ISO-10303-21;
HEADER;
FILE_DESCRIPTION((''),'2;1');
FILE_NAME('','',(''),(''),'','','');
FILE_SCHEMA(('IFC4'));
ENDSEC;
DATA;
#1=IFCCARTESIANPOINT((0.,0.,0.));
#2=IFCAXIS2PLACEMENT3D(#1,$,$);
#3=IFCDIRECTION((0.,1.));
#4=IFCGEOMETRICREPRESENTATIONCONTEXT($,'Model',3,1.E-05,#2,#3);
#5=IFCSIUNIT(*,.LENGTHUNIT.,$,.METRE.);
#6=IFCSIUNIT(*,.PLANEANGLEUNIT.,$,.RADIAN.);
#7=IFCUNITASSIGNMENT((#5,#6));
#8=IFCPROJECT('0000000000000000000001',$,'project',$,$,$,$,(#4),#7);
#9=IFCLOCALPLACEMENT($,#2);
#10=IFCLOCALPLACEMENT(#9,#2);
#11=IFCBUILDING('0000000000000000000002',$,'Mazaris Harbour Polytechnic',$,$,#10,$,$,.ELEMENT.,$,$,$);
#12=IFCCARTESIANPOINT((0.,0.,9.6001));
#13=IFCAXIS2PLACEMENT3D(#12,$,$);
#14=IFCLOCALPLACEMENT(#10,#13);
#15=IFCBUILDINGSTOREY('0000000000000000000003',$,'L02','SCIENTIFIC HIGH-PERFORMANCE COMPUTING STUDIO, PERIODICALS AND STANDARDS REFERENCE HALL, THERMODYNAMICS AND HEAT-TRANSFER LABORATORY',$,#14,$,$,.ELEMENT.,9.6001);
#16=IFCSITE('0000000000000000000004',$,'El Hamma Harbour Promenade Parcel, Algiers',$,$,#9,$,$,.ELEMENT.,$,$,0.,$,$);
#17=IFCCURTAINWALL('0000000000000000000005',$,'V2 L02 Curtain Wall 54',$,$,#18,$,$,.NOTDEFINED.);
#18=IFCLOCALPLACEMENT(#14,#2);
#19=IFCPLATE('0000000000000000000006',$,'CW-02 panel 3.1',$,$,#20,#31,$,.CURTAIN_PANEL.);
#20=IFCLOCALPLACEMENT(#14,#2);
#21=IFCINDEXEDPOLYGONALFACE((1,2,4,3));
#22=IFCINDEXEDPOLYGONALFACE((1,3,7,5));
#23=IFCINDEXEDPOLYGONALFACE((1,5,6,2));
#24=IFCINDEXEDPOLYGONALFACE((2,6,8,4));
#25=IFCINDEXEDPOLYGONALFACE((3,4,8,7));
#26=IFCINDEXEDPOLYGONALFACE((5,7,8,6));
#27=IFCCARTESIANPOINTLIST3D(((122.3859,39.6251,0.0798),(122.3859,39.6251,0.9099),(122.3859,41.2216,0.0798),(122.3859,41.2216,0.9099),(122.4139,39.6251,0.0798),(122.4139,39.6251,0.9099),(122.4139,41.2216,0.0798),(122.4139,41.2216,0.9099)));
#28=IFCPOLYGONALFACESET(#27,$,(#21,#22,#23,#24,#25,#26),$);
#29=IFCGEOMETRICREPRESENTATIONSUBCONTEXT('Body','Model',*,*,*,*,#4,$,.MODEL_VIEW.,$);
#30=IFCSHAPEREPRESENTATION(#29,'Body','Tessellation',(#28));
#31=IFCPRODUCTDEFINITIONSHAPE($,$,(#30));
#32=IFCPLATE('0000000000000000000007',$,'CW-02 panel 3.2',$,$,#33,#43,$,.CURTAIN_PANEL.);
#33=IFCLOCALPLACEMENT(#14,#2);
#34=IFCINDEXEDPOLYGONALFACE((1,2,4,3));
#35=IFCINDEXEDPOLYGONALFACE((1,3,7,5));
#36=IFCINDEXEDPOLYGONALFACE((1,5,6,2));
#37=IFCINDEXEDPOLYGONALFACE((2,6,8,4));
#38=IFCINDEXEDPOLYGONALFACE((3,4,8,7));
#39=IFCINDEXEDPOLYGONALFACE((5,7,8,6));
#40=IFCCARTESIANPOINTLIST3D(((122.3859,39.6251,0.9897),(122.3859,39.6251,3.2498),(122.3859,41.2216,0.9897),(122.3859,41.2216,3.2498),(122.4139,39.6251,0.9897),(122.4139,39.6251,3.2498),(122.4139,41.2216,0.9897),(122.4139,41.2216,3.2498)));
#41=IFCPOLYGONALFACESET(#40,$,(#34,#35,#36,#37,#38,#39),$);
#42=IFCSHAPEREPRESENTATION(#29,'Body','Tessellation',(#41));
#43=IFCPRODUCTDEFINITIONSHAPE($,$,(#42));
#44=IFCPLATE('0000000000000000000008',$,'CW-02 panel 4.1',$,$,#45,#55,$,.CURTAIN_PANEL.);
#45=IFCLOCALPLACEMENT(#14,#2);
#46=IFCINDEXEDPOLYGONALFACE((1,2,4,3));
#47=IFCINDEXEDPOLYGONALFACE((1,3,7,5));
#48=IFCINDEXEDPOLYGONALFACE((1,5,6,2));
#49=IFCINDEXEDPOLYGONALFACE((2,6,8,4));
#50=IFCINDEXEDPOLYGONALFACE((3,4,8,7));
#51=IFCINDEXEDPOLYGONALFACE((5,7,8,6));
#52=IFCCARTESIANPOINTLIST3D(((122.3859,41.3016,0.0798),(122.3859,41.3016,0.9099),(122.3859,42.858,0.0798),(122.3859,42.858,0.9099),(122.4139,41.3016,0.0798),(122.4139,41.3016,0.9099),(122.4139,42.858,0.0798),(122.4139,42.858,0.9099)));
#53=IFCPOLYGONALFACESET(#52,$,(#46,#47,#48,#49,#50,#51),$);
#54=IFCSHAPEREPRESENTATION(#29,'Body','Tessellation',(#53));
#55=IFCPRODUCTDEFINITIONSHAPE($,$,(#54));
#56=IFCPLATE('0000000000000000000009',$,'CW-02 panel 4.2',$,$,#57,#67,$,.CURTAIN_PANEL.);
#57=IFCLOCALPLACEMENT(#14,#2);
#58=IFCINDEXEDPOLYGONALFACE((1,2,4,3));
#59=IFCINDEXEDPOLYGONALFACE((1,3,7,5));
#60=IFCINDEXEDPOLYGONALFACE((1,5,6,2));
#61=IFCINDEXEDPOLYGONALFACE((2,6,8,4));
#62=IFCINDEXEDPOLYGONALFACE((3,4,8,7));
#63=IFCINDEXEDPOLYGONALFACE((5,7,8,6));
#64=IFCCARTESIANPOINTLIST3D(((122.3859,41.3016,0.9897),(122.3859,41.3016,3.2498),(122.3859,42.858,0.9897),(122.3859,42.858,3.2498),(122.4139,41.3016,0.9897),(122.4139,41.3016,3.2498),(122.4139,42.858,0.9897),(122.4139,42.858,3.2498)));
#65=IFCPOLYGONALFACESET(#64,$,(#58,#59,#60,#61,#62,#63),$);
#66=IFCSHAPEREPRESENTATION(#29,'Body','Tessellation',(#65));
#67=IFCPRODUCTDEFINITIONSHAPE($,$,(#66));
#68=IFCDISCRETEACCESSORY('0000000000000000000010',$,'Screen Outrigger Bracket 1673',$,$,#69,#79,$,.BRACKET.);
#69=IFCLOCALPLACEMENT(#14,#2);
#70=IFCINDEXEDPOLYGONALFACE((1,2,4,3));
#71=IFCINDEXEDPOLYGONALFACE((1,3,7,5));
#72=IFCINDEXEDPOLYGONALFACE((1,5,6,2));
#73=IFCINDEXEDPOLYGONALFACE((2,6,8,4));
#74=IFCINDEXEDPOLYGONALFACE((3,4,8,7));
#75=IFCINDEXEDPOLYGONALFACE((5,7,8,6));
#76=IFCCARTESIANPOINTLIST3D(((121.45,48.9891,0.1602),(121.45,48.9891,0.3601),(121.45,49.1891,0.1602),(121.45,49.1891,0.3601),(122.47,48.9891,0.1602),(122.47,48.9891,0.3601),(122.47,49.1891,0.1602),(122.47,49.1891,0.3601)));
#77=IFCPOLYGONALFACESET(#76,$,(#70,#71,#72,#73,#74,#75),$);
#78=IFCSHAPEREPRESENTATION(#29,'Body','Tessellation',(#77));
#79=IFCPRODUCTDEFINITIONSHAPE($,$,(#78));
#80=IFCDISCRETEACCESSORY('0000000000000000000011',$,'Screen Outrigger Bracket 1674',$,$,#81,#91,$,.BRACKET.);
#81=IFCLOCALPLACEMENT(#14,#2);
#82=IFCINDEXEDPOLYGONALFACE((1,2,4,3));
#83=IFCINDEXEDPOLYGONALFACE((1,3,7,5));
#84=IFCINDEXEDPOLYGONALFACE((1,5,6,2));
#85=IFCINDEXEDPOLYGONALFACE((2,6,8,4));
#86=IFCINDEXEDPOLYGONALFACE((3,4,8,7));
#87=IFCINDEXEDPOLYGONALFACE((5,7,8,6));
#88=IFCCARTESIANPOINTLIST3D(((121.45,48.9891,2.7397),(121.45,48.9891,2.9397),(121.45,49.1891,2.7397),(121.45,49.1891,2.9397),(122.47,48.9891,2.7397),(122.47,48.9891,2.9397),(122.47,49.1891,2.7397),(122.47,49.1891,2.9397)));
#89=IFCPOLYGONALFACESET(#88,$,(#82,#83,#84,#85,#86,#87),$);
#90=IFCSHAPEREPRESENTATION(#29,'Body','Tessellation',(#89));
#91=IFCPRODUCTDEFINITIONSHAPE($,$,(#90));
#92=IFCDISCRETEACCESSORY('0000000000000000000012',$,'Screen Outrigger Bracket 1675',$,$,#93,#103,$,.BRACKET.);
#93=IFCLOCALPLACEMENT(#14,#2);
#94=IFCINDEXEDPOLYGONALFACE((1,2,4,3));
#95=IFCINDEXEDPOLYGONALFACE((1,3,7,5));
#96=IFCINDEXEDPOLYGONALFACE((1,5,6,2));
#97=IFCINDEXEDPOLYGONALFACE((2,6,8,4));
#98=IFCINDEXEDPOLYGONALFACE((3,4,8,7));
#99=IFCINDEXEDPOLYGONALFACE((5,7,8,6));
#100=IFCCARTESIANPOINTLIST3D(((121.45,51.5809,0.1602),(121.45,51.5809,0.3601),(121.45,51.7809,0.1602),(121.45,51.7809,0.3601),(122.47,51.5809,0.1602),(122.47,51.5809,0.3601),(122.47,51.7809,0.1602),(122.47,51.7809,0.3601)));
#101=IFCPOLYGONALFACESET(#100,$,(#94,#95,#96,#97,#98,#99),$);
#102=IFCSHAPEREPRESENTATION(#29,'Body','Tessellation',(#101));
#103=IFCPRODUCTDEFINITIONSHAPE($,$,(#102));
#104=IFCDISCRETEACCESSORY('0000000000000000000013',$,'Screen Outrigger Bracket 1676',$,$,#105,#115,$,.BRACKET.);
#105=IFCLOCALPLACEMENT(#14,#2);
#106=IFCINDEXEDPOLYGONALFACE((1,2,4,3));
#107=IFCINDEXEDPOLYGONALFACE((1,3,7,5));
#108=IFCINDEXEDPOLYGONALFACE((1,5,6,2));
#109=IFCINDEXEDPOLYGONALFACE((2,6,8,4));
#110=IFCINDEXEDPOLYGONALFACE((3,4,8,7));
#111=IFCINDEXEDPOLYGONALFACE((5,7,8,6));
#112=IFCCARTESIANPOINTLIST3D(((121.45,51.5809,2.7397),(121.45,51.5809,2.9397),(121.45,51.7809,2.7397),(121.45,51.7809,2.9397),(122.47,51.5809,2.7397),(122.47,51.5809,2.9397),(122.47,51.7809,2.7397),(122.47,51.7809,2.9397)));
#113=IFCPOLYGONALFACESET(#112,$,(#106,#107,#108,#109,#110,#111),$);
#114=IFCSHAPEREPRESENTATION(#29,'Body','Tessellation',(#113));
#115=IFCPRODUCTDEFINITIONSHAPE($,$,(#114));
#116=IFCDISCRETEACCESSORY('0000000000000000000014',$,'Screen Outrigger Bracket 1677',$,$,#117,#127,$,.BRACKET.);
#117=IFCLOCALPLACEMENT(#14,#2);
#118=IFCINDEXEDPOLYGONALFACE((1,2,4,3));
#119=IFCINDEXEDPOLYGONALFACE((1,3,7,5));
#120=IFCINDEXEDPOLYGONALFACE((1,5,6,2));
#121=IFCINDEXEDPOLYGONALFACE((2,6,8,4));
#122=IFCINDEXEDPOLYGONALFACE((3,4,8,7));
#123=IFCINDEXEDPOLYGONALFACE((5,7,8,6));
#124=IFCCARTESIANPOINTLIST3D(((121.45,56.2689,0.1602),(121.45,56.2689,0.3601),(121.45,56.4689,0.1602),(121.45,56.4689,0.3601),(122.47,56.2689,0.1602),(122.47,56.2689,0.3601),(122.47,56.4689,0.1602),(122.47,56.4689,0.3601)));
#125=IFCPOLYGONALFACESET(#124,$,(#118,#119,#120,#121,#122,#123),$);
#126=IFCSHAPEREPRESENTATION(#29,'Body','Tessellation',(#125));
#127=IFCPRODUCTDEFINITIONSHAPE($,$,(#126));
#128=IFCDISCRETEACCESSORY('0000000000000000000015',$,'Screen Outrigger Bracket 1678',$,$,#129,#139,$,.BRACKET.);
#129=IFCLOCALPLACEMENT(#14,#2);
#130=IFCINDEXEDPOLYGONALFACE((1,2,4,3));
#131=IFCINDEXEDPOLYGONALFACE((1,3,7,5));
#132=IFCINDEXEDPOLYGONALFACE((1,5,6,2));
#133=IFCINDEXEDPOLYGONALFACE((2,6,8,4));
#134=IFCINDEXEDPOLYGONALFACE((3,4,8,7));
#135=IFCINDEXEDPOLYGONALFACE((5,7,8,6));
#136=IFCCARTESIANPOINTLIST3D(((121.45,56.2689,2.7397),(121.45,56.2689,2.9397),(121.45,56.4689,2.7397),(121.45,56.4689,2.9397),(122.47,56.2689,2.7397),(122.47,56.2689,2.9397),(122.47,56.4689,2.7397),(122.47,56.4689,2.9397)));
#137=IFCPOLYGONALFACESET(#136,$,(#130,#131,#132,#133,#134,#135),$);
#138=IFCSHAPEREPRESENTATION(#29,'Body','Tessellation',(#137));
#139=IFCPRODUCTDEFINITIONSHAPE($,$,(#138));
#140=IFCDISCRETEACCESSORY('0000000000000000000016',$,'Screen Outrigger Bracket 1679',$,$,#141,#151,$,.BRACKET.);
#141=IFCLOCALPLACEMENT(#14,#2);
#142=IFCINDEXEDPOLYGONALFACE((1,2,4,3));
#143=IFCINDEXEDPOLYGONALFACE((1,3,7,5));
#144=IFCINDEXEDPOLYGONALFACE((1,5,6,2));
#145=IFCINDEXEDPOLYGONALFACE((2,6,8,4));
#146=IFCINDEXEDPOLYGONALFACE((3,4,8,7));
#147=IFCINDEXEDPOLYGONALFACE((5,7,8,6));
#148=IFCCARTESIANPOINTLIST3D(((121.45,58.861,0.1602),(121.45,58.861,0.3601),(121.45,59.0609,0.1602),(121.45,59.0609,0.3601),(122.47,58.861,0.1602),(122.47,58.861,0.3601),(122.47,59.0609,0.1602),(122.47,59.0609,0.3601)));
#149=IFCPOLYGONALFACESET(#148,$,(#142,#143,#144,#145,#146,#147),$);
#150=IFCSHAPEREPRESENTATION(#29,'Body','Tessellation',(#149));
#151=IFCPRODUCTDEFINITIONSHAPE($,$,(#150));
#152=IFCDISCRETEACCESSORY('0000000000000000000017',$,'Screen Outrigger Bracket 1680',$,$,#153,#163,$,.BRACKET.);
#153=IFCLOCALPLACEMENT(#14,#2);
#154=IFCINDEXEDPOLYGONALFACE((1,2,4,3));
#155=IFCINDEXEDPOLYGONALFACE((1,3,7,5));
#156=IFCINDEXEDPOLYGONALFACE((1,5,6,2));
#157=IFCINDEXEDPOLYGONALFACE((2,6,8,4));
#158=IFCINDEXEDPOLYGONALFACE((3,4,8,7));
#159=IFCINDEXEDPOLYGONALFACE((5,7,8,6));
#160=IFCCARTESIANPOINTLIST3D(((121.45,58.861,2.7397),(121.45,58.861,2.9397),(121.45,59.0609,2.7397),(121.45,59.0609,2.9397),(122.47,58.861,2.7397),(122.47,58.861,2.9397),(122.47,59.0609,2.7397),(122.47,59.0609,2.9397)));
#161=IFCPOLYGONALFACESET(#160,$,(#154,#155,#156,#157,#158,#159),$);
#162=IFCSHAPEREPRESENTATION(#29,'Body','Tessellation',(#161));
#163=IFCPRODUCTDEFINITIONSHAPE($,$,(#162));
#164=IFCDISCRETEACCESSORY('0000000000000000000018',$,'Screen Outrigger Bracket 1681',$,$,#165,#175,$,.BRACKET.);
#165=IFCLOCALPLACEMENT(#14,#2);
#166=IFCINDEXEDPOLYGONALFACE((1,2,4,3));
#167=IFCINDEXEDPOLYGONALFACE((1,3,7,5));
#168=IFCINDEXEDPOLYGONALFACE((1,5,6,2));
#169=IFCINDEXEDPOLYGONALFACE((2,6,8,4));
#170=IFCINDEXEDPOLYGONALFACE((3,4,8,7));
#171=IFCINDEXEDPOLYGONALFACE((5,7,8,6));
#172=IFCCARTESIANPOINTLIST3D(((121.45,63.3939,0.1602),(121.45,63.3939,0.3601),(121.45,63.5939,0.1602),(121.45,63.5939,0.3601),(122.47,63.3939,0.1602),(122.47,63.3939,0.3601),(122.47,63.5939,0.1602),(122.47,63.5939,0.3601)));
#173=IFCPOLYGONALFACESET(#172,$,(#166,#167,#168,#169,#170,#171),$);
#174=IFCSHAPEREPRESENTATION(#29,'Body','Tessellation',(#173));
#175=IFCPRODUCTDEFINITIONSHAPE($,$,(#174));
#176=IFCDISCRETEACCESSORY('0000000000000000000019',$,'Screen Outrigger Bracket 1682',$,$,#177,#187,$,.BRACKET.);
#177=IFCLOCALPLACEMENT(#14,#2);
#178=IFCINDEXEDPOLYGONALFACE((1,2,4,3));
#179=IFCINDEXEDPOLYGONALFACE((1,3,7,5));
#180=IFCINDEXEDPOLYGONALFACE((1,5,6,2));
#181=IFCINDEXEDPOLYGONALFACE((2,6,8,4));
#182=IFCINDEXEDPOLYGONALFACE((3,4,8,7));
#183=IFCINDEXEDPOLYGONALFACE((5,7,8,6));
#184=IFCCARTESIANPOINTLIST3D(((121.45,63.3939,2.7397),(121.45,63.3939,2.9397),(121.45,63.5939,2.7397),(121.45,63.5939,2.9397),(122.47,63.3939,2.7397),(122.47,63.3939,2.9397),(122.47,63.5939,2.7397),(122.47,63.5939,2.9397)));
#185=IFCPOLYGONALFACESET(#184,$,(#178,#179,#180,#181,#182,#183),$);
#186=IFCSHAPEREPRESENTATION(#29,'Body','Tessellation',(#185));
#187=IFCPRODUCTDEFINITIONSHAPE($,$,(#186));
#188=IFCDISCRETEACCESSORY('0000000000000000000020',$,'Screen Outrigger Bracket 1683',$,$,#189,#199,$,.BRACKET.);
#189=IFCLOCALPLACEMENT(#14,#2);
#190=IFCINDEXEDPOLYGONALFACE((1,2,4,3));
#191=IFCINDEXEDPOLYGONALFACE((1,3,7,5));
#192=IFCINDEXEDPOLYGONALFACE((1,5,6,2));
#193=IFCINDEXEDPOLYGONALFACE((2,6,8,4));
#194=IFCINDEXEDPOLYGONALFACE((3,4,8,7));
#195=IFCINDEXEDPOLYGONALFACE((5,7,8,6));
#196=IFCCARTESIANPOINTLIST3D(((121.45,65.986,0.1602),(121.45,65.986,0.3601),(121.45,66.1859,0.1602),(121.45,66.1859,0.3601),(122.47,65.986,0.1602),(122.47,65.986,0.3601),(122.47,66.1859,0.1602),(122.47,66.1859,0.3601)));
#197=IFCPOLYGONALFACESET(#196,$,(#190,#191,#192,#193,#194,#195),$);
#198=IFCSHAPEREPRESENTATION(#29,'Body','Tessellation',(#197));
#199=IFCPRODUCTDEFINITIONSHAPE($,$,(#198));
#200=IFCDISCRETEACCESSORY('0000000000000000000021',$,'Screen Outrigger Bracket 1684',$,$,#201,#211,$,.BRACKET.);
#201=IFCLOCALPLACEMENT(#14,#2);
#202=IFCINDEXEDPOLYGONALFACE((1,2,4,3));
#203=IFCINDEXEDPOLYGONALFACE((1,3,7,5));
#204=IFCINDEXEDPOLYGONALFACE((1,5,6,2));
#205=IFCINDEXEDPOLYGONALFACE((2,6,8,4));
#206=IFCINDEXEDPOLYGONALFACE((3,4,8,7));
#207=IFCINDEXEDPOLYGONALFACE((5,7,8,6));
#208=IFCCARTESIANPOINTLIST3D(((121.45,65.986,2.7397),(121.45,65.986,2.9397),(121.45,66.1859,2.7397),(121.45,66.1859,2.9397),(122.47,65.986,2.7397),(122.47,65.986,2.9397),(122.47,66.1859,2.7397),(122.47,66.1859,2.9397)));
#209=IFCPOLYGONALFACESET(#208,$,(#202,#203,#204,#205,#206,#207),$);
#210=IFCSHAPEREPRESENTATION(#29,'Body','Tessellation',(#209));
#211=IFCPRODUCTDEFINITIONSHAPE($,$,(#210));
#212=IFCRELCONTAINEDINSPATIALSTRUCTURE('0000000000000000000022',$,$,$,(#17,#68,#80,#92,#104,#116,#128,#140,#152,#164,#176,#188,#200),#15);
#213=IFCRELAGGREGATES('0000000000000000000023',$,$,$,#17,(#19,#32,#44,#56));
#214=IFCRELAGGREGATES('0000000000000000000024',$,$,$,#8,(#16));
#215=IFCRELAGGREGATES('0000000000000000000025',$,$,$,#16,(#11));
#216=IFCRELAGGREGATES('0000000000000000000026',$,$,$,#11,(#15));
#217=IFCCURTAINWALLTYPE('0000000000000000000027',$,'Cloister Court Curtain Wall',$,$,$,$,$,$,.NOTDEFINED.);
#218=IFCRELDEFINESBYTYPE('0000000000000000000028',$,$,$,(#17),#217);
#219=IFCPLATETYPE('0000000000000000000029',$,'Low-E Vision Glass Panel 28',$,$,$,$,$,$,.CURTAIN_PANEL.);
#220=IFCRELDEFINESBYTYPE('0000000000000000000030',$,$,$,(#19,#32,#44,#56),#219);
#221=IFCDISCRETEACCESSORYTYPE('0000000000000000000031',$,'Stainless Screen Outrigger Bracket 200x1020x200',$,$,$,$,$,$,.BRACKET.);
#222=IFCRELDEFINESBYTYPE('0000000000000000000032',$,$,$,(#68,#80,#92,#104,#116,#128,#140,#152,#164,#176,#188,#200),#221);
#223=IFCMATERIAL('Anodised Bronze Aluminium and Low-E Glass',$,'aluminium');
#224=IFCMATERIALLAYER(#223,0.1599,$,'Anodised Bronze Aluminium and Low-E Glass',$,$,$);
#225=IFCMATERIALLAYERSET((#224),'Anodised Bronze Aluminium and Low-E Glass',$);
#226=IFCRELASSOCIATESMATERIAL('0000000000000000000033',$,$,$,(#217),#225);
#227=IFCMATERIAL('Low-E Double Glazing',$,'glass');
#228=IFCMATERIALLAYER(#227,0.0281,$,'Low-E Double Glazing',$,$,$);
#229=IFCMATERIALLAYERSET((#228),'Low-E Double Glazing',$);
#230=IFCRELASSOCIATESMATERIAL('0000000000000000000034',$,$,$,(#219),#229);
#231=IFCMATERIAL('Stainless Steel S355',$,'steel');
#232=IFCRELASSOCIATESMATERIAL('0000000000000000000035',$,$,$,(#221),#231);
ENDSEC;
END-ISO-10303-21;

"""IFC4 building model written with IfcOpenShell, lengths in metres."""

from ifc_helpers import new_model, si_unit, direction, frame, origin, origin_2d, place, context, subcontext, project, spatial, rectangle, extrude, material, layer, layer_set, type_object, element, aggregate, save


model = new_model("IFC4")

# Units and contexts
model_context = context("Model", 3, precision=1e-05, world=origin(), true_north=direction((0.0, 1.0)))
body_context = subcontext(model_context, "Body", "Model", "MODEL_VIEW")
ifc_project = project(units=[si_unit("LENGTHUNIT", "METRE"), si_unit("PLANEANGLEUNIT", "RADIAN")], contexts=[model_context])

# Site, building, storey
site_placement = place(None, origin())
site = spatial("IfcSite", under=ifc_project, at=site_placement, Name="El Hamma Harbour Promenade Parcel, Algiers", CompositionType="ELEMENT", RefElevation=0.0)
building_placement = place(site_placement, origin())
building = spatial("IfcBuilding", under=site, at=building_placement, Name="Mazaris Harbour Polytechnic", CompositionType="ELEMENT")
storey_placement = place(building_placement, frame((0.0, 0.0, 9.6001)))
storey = spatial("IfcBuildingStorey", under=building, at=storey_placement, Name="L02", Description="SCIENTIFIC HIGH-PERFORMANCE COMPUTING STUDIO, PERIODICALS AND STANDARDS REFERENCE HALL, THERMODYNAMICS AND HEAT-TRANSFER LABORATORY", CompositionType="ELEMENT", Elevation=9.6001)

# Curtain wall
ifc_material_1 = material(Name="Anodised Bronze Aluminium and Low-E Glass", Category="aluminium")
ifc_layer_1 = layer(ifc_material_1, 0.1599, Name="Anodised Bronze Aluminium and Low-E Glass")
ifc_layer_set_1 = layer_set([ifc_layer_1], Name="Anodised Bronze Aluminium and Low-E Glass")
curtain_wall_type = type_object("IfcCurtainWallType", Name="Cloister Court Curtain Wall", PredefinedType="NOTDEFINED", material=ifc_layer_set_1)
curtain_wall_placement = place(storey_placement, origin())
curtain_wall = element("IfcCurtainWall", 1, at=curtain_wall_placement, inside=storey, type_object=curtain_wall_type, Name="V2 L02 Curtain Wall 54", PredefinedType="NOTDEFINED")

# Plates
ifc_material_2 = material(Name="Low-E Double Glazing", Category="glass")
ifc_layer_2 = layer(ifc_material_2, 0.0281, Name="Low-E Double Glazing")
ifc_layer_set_2 = layer_set([ifc_layer_2], Name="Low-E Double Glazing")
plate_type = type_object("IfcPlateType", Name="Low-E Vision Glass Panel 28", PredefinedType="CURTAIN_PANEL", material=ifc_layer_set_2)
plate_1_placement = place(storey_placement, frame((122.3999, 40.4233, 0.0798), z_axis=(0.0, 0.0, 1.0), x_axis=(0.0, 1.0, 0.0)))
plate_1 = element("IfcPlate", 2, at=plate_1_placement, type_object=plate_type, Name="CW-02 panel 3.1", PredefinedType="CURTAIN_PANEL", context=body_context, shape_type="SweptSolid", body=[
    extrude(rectangle(XDim=1.5964, YDim=0.0281, at=origin_2d()), origin(), (0.0, 0.0, 1.0), 0.8301),
])
plate_2_placement = place(storey_placement, frame((122.3999, 40.4233, 0.9897), z_axis=(0.0, 0.0, 1.0), x_axis=(0.0, 1.0, 0.0)))
plate_2 = element("IfcPlate", 3, at=plate_2_placement, type_object=plate_type, Name="CW-02 panel 3.2", PredefinedType="CURTAIN_PANEL", context=body_context, shape_type="SweptSolid", body=[
    extrude(rectangle(XDim=1.5964, YDim=0.0281, at=origin_2d()), origin(), (0.0, 0.0, 1.0), 2.26),
])
plate_3_placement = place(storey_placement, frame((122.3999, 42.0798, 0.0798), z_axis=(0.0, 0.0, 1.0), x_axis=(0.0, 1.0, 0.0)))
plate_3 = element("IfcPlate", 4, at=plate_3_placement, type_object=plate_type, Name="CW-02 panel 4.1", PredefinedType="CURTAIN_PANEL", context=body_context, shape_type="SweptSolid", body=[
    extrude(rectangle(XDim=1.5564, YDim=0.0281, at=origin_2d()), origin(), (0.0, 0.0, 1.0), 0.8301),
])
plate_4_placement = place(storey_placement, frame((122.3999, 42.0798, 0.9897), z_axis=(0.0, 0.0, 1.0), x_axis=(0.0, 1.0, 0.0)))
plate_4 = element("IfcPlate", 5, at=plate_4_placement, type_object=plate_type, Name="CW-02 panel 4.2", PredefinedType="CURTAIN_PANEL", context=body_context, shape_type="SweptSolid", body=[
    extrude(rectangle(XDim=1.5564, YDim=0.0281, at=origin_2d()), origin(), (0.0, 0.0, 1.0), 2.26),
])
aggregate(curtain_wall, [plate_1, plate_2, plate_3, plate_4])

# Discrete accessories
ifc_material_3 = material(Name="Stainless Steel S355", Category="steel")
discrete_accessory_type = type_object("IfcDiscreteAccessoryType", Name="Stainless Screen Outrigger Bracket 200x1020x200", PredefinedType="BRACKET", material=ifc_material_3)
for number, where, z_axis, x_axis, name in (
    (6, (121.96, 49.0891, 0.1602), (0.0, 0.0, 1.0), (0.0, 1.0, 0.0), "Screen Outrigger Bracket 1673"),
    (7, (121.96, 49.0891, 2.7397), (0.0, 0.0, 1.0), (0.0, 1.0, 0.0), "Screen Outrigger Bracket 1674"),
    (8, (121.96, 51.6809, 0.1602), (0.0, 0.0, 1.0), (0.0, 1.0, 0.0), "Screen Outrigger Bracket 1675"),
    (9, (121.96, 51.6809, 2.7397), (0.0, 0.0, 1.0), (0.0, 1.0, 0.0), "Screen Outrigger Bracket 1676"),
    (10, (121.96, 56.3689, 0.1602), (0.0, 0.0, 1.0), (0.0, 1.0, 0.0), "Screen Outrigger Bracket 1677"),
    (11, (121.96, 56.3689, 2.7397), (0.0, 0.0, 1.0), (0.0, 1.0, 0.0), "Screen Outrigger Bracket 1678"),
    (12, (121.96, 58.9609, 0.1602), (0.0, 0.0, 1.0), (0.0, 1.0, 0.0), "Screen Outrigger Bracket 1679"),
    (13, (121.96, 58.9609, 2.7397), (0.0, 0.0, 1.0), (0.0, 1.0, 0.0), "Screen Outrigger Bracket 1680"),
    (14, (121.96, 63.4939, 0.1602), (0.0, 0.0, 1.0), (0.0, 1.0, 0.0), "Screen Outrigger Bracket 1681"),
    (15, (121.96, 63.4939, 2.7397), (0.0, 0.0, 1.0), (0.0, 1.0, 0.0), "Screen Outrigger Bracket 1682"),
    (16, (121.96, 66.0859, 0.1602), (0.0, 0.0, 1.0), (0.0, 1.0, 0.0), "Screen Outrigger Bracket 1683"),
    (17, (121.96, 66.0859, 2.7397), (0.0, 0.0, 1.0), (0.0, 1.0, 0.0), "Screen Outrigger Bracket 1684"),
):
    element("IfcDiscreteAccessory", number, at=place(storey_placement, frame(where, z_axis=z_axis, x_axis=x_axis)), inside=storey, type_object=discrete_accessory_type, Name=name, PredefinedType="BRACKET", context=body_context, shape_type="SweptSolid", body=[
        extrude(rectangle(XDim=0.2, YDim=1.02, at=origin_2d()), origin(), (0.0, 0.0, 1.0), 0.2),
    ])

save(model, "model.ifc")
